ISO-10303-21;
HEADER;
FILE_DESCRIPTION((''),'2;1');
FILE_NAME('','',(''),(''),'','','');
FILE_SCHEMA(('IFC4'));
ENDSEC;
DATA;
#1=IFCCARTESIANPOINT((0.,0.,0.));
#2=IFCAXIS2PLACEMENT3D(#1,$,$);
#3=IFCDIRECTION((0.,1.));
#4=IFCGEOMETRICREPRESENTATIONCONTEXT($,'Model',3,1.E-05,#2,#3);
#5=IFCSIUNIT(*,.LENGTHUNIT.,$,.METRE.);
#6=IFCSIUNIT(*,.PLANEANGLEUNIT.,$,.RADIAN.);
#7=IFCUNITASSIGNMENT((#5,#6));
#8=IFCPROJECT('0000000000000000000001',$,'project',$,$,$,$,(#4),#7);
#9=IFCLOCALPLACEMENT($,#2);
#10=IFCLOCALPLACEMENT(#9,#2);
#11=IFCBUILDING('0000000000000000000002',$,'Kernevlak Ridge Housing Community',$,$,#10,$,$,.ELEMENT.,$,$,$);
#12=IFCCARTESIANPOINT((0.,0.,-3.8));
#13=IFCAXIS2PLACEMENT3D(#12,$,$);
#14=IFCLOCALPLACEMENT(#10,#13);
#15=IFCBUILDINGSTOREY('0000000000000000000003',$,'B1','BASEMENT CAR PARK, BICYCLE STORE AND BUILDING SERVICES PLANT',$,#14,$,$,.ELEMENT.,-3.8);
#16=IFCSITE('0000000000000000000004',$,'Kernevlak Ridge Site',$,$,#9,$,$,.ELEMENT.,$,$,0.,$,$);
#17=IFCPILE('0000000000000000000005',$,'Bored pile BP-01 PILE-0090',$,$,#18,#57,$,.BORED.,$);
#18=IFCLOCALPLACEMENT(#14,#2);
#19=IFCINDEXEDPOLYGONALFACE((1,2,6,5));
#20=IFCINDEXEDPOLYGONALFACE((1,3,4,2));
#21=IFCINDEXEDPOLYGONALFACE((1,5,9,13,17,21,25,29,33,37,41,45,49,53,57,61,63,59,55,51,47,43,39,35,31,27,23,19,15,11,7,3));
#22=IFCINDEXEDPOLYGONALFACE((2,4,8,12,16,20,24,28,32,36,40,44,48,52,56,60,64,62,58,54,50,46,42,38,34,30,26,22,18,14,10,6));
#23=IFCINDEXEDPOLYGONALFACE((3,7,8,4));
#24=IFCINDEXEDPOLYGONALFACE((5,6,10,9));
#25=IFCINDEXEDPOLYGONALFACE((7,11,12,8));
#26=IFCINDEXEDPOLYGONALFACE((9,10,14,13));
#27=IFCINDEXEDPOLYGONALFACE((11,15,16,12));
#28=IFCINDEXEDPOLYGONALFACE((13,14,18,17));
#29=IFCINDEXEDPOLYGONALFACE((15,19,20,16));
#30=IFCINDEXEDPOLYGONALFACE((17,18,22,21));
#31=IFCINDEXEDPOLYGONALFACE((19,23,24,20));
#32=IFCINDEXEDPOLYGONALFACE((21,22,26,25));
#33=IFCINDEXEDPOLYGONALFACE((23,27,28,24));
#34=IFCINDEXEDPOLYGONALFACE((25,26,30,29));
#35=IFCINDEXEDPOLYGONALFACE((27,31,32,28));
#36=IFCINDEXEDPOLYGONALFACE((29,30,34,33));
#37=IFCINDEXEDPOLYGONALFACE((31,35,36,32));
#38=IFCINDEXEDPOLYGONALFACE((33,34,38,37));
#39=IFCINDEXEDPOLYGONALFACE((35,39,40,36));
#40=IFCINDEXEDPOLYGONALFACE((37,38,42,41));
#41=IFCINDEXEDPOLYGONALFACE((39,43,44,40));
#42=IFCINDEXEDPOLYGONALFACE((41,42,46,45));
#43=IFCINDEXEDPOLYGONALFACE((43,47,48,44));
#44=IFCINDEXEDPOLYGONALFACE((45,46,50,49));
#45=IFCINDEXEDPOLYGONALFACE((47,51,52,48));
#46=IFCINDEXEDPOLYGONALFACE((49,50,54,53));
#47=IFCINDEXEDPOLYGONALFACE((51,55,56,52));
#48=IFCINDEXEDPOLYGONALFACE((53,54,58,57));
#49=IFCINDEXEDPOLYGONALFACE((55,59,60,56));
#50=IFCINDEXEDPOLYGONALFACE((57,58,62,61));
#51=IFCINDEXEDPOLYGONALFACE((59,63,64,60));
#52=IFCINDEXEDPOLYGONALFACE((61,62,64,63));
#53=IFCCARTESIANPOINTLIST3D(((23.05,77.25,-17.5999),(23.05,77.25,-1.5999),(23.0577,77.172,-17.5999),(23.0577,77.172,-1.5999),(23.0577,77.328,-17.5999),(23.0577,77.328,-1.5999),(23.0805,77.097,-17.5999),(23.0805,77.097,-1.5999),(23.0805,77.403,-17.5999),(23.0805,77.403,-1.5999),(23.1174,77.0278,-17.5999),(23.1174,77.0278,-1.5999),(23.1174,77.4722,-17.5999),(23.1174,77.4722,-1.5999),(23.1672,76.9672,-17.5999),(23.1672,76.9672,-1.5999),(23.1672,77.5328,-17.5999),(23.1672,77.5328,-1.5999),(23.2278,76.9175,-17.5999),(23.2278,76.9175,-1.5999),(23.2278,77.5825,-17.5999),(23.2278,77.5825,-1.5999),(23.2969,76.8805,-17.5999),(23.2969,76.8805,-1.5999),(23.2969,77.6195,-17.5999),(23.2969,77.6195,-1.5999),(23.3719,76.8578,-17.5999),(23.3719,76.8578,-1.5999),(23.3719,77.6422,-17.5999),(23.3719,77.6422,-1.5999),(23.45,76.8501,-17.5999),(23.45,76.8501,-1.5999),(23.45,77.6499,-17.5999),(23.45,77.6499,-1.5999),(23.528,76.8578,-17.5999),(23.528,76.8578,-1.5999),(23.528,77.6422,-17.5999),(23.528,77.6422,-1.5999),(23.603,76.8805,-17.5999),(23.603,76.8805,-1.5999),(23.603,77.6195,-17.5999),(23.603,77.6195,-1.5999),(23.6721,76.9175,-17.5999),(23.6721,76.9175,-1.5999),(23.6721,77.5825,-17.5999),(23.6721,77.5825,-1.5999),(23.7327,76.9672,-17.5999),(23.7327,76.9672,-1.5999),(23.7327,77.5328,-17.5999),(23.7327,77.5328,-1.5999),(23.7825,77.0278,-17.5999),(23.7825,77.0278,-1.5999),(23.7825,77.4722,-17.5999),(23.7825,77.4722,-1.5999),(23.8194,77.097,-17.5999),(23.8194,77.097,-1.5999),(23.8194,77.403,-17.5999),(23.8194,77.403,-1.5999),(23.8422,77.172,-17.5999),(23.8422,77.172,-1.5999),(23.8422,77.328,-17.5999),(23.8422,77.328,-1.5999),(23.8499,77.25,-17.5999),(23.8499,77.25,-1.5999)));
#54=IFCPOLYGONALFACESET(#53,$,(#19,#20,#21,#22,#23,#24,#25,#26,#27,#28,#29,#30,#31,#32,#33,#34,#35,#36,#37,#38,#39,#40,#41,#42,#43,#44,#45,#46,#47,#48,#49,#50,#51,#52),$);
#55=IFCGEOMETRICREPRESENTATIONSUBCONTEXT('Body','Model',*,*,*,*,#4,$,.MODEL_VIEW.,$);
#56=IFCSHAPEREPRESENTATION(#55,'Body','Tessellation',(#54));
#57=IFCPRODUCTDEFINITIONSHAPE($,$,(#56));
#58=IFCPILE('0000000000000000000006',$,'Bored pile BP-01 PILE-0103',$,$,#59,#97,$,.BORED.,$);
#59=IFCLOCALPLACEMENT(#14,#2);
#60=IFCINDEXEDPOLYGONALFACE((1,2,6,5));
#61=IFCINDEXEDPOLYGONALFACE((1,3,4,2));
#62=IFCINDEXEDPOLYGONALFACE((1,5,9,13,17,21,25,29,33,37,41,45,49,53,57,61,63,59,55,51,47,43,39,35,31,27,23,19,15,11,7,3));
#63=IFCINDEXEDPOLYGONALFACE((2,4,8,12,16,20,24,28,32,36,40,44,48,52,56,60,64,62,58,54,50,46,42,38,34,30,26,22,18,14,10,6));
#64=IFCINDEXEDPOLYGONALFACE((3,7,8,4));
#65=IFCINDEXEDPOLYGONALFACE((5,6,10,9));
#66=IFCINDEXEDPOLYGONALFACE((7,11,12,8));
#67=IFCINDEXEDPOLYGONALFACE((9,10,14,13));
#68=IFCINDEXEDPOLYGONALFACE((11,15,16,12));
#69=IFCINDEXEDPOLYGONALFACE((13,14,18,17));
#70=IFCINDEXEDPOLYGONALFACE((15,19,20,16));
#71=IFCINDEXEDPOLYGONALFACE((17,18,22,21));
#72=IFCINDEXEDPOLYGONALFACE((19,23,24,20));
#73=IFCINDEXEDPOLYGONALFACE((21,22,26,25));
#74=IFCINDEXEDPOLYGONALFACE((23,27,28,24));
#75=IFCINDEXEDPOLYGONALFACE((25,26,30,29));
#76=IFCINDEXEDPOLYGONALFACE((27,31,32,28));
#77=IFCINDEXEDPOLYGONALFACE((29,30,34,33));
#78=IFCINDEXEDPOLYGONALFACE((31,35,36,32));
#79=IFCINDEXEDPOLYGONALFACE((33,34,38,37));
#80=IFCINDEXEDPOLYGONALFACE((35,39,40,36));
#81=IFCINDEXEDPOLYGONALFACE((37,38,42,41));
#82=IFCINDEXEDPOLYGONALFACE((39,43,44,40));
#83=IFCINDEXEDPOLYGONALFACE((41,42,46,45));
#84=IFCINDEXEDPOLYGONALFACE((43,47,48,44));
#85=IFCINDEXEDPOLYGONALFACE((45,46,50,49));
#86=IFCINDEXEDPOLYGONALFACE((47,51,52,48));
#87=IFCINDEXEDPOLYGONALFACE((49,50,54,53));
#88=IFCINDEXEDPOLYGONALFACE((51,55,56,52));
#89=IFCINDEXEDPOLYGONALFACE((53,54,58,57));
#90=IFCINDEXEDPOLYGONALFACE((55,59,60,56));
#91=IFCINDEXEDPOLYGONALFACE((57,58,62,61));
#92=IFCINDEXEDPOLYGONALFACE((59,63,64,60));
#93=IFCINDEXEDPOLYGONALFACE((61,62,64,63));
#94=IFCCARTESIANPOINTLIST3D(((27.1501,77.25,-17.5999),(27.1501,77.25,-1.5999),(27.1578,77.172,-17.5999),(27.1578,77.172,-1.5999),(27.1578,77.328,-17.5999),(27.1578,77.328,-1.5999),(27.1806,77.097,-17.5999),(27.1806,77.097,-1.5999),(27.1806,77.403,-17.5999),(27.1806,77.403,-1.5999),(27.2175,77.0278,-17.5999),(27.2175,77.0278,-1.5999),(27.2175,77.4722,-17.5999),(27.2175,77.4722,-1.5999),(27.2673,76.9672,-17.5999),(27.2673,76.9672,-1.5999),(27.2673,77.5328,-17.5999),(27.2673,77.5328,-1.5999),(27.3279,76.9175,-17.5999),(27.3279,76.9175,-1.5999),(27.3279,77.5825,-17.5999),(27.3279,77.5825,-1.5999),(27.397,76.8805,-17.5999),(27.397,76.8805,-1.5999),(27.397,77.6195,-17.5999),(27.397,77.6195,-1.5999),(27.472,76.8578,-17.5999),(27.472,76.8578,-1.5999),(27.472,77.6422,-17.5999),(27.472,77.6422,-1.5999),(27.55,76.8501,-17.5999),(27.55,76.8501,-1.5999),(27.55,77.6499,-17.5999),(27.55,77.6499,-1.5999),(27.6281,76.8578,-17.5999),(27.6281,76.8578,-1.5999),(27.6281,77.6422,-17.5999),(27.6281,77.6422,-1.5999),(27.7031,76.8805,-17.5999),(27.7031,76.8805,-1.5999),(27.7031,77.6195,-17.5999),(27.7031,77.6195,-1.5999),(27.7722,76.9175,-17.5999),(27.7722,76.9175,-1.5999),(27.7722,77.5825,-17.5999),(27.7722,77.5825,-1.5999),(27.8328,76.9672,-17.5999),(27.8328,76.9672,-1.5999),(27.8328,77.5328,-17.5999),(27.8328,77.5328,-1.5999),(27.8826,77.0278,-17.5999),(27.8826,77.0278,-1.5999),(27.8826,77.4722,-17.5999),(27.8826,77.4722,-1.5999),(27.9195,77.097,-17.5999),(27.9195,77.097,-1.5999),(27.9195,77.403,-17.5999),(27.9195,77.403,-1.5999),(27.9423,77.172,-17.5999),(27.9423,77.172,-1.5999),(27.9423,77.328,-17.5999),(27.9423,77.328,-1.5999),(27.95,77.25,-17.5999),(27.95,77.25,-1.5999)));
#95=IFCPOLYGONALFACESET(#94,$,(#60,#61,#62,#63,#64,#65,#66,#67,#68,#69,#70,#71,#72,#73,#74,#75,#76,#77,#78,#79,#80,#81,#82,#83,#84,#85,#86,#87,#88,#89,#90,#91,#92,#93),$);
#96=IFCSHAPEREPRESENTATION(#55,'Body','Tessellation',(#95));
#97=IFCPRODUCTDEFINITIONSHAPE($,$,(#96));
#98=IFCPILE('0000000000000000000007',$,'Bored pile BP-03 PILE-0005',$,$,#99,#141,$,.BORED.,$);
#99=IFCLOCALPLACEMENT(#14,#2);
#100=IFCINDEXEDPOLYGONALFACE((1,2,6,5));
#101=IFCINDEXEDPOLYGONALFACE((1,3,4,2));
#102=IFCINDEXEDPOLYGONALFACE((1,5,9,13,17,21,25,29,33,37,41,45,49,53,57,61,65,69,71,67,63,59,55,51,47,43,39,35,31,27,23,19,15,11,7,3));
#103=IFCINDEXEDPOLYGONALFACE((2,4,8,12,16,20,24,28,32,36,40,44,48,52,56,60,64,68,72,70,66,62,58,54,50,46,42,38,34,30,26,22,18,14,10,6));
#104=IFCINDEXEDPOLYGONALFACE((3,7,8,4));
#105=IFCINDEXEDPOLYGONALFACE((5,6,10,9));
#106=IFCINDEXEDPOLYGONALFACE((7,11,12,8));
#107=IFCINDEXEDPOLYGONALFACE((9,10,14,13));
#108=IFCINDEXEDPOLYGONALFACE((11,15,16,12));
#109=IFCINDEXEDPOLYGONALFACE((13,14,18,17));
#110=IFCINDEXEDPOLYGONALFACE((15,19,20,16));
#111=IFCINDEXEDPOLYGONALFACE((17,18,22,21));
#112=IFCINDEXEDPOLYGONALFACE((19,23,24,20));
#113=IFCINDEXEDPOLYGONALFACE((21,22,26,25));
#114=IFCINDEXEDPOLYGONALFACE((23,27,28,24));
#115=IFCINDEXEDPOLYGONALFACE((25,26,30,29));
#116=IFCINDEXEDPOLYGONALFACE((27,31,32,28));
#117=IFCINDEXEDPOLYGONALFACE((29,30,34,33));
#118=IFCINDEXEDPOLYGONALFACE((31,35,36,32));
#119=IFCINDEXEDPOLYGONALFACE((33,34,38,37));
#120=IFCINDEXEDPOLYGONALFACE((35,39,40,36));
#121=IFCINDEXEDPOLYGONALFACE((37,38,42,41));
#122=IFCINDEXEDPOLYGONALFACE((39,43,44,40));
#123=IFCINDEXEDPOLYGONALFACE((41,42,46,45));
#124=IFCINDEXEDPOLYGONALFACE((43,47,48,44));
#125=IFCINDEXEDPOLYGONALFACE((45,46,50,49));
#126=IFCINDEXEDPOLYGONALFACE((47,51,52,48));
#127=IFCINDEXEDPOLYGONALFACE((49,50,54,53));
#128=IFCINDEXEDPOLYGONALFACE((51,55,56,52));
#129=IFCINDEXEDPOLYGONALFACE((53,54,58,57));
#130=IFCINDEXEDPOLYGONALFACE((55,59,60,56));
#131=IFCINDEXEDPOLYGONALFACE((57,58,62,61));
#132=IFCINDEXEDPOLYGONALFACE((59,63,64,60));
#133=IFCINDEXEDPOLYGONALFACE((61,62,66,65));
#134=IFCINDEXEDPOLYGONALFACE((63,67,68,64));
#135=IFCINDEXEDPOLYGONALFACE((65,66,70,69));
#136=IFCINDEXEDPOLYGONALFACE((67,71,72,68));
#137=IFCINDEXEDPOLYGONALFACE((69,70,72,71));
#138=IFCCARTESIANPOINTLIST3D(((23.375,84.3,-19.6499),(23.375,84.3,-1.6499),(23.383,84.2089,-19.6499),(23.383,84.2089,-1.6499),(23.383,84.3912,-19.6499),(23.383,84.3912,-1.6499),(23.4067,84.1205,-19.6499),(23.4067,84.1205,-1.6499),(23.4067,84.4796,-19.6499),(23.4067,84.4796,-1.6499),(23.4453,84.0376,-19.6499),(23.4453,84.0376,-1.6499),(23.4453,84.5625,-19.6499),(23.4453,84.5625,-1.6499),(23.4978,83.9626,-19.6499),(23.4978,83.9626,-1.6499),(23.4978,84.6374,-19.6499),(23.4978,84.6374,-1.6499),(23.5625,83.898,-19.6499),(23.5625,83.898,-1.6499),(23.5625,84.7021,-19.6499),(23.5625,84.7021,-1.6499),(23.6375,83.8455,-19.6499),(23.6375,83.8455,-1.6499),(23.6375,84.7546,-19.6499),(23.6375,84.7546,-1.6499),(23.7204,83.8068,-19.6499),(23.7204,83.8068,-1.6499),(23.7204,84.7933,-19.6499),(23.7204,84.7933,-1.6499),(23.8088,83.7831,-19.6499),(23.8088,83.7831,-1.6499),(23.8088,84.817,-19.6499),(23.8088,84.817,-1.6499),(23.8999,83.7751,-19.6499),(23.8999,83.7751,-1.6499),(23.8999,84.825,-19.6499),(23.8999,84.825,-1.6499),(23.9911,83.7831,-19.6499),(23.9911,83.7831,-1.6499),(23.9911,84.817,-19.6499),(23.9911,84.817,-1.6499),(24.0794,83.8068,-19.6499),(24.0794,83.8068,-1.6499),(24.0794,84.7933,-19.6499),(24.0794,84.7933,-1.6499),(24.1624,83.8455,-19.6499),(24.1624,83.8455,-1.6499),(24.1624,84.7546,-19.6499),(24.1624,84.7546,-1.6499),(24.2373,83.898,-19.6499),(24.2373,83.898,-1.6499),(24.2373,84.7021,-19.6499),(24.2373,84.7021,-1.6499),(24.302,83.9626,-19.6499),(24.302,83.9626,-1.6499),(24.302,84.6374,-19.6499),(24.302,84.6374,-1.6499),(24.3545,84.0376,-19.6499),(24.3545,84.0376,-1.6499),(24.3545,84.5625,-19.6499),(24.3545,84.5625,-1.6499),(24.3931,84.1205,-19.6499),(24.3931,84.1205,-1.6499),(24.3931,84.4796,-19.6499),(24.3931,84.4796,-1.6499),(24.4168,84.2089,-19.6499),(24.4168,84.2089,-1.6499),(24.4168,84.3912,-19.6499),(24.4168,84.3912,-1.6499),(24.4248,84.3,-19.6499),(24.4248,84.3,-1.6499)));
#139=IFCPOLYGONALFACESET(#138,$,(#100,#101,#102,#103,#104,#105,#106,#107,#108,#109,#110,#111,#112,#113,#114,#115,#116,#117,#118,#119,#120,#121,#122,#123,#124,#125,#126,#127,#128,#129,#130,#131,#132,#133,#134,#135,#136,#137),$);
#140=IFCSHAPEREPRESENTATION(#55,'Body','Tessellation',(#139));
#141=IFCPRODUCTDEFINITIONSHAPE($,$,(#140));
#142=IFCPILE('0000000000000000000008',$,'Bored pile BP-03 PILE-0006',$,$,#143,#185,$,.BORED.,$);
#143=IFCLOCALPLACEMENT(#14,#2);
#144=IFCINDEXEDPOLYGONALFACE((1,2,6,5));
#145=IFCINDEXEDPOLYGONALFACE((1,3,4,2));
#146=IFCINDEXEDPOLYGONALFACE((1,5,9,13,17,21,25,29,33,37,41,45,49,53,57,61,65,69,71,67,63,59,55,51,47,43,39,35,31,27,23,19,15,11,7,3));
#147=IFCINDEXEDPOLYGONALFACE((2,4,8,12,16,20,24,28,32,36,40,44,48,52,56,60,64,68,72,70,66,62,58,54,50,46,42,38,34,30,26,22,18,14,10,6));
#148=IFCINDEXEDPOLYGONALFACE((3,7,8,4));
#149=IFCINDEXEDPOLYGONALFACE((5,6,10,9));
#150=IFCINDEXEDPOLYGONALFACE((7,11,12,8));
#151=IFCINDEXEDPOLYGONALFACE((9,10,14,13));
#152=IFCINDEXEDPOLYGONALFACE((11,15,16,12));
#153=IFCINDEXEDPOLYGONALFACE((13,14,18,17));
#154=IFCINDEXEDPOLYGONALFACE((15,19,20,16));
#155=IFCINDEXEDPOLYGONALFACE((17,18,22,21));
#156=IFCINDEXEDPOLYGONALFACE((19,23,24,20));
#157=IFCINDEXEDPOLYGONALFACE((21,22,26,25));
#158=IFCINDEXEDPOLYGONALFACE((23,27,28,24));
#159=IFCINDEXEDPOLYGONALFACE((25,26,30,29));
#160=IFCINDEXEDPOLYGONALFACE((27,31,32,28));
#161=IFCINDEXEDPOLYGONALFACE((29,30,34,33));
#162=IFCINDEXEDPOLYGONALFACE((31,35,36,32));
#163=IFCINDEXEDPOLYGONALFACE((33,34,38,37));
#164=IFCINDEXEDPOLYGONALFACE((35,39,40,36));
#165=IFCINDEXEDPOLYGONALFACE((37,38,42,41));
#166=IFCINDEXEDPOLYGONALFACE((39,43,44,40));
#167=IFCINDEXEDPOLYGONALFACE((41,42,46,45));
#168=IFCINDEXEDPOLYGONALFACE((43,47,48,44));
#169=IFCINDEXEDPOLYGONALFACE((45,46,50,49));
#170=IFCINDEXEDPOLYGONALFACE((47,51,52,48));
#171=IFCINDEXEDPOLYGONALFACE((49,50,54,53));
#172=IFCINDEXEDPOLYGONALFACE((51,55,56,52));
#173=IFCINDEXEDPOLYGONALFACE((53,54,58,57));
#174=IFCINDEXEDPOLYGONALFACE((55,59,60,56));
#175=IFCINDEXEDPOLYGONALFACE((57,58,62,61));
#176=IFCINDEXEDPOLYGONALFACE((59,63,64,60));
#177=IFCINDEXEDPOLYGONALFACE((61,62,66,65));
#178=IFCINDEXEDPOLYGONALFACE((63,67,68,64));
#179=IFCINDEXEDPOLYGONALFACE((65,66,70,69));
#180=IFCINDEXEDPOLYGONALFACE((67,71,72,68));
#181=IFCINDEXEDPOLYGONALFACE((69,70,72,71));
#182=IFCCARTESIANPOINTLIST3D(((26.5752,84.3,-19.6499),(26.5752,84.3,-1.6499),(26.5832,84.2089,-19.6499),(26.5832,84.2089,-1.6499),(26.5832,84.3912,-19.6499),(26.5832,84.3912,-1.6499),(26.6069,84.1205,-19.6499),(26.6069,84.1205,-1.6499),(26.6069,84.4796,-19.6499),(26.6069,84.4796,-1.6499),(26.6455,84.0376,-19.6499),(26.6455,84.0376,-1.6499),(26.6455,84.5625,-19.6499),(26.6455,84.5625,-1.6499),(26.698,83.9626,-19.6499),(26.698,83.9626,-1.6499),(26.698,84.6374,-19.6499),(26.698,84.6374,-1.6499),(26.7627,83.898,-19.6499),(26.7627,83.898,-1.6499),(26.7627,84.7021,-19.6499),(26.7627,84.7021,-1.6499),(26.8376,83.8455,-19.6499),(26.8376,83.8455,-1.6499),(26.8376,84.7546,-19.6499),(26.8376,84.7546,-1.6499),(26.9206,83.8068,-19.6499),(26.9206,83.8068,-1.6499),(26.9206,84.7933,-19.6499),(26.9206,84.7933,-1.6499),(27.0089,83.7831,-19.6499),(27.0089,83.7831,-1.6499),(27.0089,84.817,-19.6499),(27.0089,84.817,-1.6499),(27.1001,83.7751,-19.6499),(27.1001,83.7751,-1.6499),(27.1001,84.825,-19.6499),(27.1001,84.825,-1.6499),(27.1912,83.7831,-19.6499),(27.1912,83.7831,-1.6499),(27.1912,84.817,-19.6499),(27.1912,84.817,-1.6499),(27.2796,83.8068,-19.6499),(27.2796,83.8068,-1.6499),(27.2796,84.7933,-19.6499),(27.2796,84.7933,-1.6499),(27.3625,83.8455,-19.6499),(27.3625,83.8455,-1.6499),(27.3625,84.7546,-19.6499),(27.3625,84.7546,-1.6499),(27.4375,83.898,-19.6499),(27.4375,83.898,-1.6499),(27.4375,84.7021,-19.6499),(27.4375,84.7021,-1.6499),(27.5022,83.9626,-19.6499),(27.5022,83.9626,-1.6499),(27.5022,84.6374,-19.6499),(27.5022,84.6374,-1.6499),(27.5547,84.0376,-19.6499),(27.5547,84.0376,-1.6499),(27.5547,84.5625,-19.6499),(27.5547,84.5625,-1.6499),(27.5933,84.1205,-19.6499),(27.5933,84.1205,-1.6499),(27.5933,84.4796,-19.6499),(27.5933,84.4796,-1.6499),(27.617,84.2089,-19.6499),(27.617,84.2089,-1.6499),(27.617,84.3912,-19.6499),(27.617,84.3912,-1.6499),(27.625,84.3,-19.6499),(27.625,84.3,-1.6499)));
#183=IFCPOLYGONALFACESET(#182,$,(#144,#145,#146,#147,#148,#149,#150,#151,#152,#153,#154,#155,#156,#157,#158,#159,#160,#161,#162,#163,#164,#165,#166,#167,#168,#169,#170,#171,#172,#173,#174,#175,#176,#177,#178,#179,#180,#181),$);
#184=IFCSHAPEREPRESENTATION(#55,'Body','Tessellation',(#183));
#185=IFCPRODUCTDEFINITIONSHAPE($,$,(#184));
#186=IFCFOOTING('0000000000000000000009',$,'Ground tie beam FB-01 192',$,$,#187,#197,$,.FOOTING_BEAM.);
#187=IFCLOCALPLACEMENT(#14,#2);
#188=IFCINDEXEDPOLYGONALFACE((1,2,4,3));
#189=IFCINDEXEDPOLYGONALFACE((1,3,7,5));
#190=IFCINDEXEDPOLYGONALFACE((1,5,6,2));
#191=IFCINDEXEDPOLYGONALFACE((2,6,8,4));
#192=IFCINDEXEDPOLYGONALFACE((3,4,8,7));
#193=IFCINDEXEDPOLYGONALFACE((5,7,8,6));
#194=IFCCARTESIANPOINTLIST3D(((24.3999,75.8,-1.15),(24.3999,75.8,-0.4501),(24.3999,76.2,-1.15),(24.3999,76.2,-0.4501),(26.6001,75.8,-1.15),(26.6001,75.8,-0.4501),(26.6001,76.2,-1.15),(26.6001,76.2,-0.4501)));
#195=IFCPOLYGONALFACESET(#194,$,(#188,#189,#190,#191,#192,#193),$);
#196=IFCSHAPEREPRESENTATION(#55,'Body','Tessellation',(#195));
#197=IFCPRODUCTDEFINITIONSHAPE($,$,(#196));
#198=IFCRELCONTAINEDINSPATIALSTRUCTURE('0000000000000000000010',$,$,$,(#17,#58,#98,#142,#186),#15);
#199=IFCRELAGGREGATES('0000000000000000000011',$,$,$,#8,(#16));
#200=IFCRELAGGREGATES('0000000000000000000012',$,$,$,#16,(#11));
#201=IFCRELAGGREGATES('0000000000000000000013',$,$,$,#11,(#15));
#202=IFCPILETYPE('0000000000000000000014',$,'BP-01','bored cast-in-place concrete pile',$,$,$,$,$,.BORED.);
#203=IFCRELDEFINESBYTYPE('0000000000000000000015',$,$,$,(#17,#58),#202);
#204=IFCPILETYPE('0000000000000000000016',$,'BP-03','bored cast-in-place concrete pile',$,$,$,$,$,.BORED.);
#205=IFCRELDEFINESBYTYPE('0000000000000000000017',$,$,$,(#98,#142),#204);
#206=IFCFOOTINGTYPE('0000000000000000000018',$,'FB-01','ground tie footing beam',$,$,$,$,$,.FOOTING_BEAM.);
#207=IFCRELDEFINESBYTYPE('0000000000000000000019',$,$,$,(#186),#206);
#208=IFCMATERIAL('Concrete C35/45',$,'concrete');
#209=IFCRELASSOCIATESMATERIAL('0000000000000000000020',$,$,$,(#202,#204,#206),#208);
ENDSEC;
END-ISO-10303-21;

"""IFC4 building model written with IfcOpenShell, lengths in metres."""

from ifc_helpers import new_model, si_unit, direction, frame, origin, origin_2d, place, context, subcontext, project, spatial, rectangle, circle, extrude, material, material_profile, profile_set, type_object, element, save


model = new_model("IFC4")

# Units and contexts
model_context = context("Model", 3, precision=1e-05, world=origin(), true_north=direction((0.0, 1.0)))
body_context = subcontext(model_context, "Body", "Model", "MODEL_VIEW")
ifc_project = project(units=[si_unit("LENGTHUNIT", "METRE"), si_unit("PLANEANGLEUNIT", "RADIAN")], contexts=[model_context])

# Site, building, storey
site_placement = place(None, origin())
site = spatial("IfcSite", under=ifc_project, at=site_placement, Name="Kernevlak Ridge Site", CompositionType="ELEMENT", RefElevation=0.0)
building_placement = place(site_placement, origin())
building = spatial("IfcBuilding", under=site, at=building_placement, Name="Kernevlak Ridge Housing Community", CompositionType="ELEMENT")
storey_placement = place(building_placement, frame((0.0, 0.0, -3.8)))
storey = spatial("IfcBuildingStorey", under=building, at=storey_placement, Name="B1", Description="BASEMENT CAR PARK, BICYCLE STORE AND BUILDING SERVICES PLANT", CompositionType="ELEMENT", Elevation=-3.8)

# Piles
ifc_material_1 = material(Name="Concrete C35/45", Category="concrete")
ifc_material_profile_1 = material_profile(ifc_material_1, circle(Radius=0.3999, at=origin_2d()), Name="BORED PILE 800")
ifc_profile_set_1 = profile_set([ifc_material_profile_1], Name="Concrete C35/45")
pile_type_1 = type_object("IfcPileType", Name="BP-01", Description="bored cast-in-place concrete pile", PredefinedType="BORED", material=ifc_profile_set_1)
for number, where, z_axis, x_axis, name in (
    (1, (23.45, 77.25, -1.5999), (0.0, 0.0, -1.0), (1.0, 0.0, 0.0), "Bored pile BP-01 PILE-0090"),
    (2, (27.55, 77.25, -1.5999), (0.0, 0.0, -1.0), (1.0, 0.0, 0.0), "Bored pile BP-01 PILE-0103"),
):
    element("IfcPile", number, at=place(storey_placement, frame(where, z_axis=z_axis, x_axis=x_axis)), inside=storey, type_object=pile_type_1, Name=name, PredefinedType="BORED", context=body_context, shape_type="SweptSolid", body=[
        extrude(circle(Radius=0.3999, at=origin_2d()), origin(), (0.0, 0.0, 1.0), 16.0),
    ])
ifc_material_profile_2 = material_profile(ifc_material_1, circle(Radius=0.5249, at=origin_2d()), Name="BORED PILE 1050")
ifc_profile_set_2 = profile_set([ifc_material_profile_2], Name="Concrete C35/45")
pile_type_2 = type_object("IfcPileType", Name="BP-03", Description="bored cast-in-place concrete pile", PredefinedType="BORED", material=ifc_profile_set_2)
for number, where, z_axis, x_axis, name in (
    (3, (23.8999, 84.3, -1.6499), (0.0, 0.0, -1.0), (1.0, 0.0, 0.0), "Bored pile BP-03 PILE-0005"),
    (4, (27.1001, 84.3, -1.6499), (0.0, 0.0, -1.0), (1.0, 0.0, 0.0), "Bored pile BP-03 PILE-0006"),
):
    element("IfcPile", number, at=place(storey_placement, frame(where, z_axis=z_axis, x_axis=x_axis)), inside=storey, type_object=pile_type_2, Name=name, PredefinedType="BORED", context=body_context, shape_type="SweptSolid", body=[
        extrude(circle(Radius=0.5249, at=origin_2d()), origin(), (0.0, 0.0, 1.0), 18.0),
    ])

# Footing
ifc_material_profile_3 = material_profile(ifc_material_1, rectangle(XDim=0.3999, YDim=0.7, at=origin_2d()), Name="RC 400x700")
ifc_profile_set_3 = profile_set([ifc_material_profile_3], Name="Concrete C35/45")
footing_type_1 = type_object("IfcFootingType", Name="FB-01", Description="ground tie footing beam", PredefinedType="FOOTING_BEAM", material=ifc_profile_set_3)
footing_1_placement = place(storey_placement, frame((24.3999, 76.0, -0.8), z_axis=(1.0, 0.0, 0.0), x_axis=(0.0, 1.0, 0.0)))
element("IfcFooting", 5, at=footing_1_placement, inside=storey, type_object=footing_type_1, Name="Ground tie beam FB-01 192", PredefinedType="FOOTING_BEAM", context=body_context, shape_type="SweptSolid", body=[
    extrude(rectangle(XDim=0.3999, YDim=0.7, at=origin_2d()), origin(), (0.0, 0.0, 1.0), 2.2002),
])

save(model, "model.ifc")
